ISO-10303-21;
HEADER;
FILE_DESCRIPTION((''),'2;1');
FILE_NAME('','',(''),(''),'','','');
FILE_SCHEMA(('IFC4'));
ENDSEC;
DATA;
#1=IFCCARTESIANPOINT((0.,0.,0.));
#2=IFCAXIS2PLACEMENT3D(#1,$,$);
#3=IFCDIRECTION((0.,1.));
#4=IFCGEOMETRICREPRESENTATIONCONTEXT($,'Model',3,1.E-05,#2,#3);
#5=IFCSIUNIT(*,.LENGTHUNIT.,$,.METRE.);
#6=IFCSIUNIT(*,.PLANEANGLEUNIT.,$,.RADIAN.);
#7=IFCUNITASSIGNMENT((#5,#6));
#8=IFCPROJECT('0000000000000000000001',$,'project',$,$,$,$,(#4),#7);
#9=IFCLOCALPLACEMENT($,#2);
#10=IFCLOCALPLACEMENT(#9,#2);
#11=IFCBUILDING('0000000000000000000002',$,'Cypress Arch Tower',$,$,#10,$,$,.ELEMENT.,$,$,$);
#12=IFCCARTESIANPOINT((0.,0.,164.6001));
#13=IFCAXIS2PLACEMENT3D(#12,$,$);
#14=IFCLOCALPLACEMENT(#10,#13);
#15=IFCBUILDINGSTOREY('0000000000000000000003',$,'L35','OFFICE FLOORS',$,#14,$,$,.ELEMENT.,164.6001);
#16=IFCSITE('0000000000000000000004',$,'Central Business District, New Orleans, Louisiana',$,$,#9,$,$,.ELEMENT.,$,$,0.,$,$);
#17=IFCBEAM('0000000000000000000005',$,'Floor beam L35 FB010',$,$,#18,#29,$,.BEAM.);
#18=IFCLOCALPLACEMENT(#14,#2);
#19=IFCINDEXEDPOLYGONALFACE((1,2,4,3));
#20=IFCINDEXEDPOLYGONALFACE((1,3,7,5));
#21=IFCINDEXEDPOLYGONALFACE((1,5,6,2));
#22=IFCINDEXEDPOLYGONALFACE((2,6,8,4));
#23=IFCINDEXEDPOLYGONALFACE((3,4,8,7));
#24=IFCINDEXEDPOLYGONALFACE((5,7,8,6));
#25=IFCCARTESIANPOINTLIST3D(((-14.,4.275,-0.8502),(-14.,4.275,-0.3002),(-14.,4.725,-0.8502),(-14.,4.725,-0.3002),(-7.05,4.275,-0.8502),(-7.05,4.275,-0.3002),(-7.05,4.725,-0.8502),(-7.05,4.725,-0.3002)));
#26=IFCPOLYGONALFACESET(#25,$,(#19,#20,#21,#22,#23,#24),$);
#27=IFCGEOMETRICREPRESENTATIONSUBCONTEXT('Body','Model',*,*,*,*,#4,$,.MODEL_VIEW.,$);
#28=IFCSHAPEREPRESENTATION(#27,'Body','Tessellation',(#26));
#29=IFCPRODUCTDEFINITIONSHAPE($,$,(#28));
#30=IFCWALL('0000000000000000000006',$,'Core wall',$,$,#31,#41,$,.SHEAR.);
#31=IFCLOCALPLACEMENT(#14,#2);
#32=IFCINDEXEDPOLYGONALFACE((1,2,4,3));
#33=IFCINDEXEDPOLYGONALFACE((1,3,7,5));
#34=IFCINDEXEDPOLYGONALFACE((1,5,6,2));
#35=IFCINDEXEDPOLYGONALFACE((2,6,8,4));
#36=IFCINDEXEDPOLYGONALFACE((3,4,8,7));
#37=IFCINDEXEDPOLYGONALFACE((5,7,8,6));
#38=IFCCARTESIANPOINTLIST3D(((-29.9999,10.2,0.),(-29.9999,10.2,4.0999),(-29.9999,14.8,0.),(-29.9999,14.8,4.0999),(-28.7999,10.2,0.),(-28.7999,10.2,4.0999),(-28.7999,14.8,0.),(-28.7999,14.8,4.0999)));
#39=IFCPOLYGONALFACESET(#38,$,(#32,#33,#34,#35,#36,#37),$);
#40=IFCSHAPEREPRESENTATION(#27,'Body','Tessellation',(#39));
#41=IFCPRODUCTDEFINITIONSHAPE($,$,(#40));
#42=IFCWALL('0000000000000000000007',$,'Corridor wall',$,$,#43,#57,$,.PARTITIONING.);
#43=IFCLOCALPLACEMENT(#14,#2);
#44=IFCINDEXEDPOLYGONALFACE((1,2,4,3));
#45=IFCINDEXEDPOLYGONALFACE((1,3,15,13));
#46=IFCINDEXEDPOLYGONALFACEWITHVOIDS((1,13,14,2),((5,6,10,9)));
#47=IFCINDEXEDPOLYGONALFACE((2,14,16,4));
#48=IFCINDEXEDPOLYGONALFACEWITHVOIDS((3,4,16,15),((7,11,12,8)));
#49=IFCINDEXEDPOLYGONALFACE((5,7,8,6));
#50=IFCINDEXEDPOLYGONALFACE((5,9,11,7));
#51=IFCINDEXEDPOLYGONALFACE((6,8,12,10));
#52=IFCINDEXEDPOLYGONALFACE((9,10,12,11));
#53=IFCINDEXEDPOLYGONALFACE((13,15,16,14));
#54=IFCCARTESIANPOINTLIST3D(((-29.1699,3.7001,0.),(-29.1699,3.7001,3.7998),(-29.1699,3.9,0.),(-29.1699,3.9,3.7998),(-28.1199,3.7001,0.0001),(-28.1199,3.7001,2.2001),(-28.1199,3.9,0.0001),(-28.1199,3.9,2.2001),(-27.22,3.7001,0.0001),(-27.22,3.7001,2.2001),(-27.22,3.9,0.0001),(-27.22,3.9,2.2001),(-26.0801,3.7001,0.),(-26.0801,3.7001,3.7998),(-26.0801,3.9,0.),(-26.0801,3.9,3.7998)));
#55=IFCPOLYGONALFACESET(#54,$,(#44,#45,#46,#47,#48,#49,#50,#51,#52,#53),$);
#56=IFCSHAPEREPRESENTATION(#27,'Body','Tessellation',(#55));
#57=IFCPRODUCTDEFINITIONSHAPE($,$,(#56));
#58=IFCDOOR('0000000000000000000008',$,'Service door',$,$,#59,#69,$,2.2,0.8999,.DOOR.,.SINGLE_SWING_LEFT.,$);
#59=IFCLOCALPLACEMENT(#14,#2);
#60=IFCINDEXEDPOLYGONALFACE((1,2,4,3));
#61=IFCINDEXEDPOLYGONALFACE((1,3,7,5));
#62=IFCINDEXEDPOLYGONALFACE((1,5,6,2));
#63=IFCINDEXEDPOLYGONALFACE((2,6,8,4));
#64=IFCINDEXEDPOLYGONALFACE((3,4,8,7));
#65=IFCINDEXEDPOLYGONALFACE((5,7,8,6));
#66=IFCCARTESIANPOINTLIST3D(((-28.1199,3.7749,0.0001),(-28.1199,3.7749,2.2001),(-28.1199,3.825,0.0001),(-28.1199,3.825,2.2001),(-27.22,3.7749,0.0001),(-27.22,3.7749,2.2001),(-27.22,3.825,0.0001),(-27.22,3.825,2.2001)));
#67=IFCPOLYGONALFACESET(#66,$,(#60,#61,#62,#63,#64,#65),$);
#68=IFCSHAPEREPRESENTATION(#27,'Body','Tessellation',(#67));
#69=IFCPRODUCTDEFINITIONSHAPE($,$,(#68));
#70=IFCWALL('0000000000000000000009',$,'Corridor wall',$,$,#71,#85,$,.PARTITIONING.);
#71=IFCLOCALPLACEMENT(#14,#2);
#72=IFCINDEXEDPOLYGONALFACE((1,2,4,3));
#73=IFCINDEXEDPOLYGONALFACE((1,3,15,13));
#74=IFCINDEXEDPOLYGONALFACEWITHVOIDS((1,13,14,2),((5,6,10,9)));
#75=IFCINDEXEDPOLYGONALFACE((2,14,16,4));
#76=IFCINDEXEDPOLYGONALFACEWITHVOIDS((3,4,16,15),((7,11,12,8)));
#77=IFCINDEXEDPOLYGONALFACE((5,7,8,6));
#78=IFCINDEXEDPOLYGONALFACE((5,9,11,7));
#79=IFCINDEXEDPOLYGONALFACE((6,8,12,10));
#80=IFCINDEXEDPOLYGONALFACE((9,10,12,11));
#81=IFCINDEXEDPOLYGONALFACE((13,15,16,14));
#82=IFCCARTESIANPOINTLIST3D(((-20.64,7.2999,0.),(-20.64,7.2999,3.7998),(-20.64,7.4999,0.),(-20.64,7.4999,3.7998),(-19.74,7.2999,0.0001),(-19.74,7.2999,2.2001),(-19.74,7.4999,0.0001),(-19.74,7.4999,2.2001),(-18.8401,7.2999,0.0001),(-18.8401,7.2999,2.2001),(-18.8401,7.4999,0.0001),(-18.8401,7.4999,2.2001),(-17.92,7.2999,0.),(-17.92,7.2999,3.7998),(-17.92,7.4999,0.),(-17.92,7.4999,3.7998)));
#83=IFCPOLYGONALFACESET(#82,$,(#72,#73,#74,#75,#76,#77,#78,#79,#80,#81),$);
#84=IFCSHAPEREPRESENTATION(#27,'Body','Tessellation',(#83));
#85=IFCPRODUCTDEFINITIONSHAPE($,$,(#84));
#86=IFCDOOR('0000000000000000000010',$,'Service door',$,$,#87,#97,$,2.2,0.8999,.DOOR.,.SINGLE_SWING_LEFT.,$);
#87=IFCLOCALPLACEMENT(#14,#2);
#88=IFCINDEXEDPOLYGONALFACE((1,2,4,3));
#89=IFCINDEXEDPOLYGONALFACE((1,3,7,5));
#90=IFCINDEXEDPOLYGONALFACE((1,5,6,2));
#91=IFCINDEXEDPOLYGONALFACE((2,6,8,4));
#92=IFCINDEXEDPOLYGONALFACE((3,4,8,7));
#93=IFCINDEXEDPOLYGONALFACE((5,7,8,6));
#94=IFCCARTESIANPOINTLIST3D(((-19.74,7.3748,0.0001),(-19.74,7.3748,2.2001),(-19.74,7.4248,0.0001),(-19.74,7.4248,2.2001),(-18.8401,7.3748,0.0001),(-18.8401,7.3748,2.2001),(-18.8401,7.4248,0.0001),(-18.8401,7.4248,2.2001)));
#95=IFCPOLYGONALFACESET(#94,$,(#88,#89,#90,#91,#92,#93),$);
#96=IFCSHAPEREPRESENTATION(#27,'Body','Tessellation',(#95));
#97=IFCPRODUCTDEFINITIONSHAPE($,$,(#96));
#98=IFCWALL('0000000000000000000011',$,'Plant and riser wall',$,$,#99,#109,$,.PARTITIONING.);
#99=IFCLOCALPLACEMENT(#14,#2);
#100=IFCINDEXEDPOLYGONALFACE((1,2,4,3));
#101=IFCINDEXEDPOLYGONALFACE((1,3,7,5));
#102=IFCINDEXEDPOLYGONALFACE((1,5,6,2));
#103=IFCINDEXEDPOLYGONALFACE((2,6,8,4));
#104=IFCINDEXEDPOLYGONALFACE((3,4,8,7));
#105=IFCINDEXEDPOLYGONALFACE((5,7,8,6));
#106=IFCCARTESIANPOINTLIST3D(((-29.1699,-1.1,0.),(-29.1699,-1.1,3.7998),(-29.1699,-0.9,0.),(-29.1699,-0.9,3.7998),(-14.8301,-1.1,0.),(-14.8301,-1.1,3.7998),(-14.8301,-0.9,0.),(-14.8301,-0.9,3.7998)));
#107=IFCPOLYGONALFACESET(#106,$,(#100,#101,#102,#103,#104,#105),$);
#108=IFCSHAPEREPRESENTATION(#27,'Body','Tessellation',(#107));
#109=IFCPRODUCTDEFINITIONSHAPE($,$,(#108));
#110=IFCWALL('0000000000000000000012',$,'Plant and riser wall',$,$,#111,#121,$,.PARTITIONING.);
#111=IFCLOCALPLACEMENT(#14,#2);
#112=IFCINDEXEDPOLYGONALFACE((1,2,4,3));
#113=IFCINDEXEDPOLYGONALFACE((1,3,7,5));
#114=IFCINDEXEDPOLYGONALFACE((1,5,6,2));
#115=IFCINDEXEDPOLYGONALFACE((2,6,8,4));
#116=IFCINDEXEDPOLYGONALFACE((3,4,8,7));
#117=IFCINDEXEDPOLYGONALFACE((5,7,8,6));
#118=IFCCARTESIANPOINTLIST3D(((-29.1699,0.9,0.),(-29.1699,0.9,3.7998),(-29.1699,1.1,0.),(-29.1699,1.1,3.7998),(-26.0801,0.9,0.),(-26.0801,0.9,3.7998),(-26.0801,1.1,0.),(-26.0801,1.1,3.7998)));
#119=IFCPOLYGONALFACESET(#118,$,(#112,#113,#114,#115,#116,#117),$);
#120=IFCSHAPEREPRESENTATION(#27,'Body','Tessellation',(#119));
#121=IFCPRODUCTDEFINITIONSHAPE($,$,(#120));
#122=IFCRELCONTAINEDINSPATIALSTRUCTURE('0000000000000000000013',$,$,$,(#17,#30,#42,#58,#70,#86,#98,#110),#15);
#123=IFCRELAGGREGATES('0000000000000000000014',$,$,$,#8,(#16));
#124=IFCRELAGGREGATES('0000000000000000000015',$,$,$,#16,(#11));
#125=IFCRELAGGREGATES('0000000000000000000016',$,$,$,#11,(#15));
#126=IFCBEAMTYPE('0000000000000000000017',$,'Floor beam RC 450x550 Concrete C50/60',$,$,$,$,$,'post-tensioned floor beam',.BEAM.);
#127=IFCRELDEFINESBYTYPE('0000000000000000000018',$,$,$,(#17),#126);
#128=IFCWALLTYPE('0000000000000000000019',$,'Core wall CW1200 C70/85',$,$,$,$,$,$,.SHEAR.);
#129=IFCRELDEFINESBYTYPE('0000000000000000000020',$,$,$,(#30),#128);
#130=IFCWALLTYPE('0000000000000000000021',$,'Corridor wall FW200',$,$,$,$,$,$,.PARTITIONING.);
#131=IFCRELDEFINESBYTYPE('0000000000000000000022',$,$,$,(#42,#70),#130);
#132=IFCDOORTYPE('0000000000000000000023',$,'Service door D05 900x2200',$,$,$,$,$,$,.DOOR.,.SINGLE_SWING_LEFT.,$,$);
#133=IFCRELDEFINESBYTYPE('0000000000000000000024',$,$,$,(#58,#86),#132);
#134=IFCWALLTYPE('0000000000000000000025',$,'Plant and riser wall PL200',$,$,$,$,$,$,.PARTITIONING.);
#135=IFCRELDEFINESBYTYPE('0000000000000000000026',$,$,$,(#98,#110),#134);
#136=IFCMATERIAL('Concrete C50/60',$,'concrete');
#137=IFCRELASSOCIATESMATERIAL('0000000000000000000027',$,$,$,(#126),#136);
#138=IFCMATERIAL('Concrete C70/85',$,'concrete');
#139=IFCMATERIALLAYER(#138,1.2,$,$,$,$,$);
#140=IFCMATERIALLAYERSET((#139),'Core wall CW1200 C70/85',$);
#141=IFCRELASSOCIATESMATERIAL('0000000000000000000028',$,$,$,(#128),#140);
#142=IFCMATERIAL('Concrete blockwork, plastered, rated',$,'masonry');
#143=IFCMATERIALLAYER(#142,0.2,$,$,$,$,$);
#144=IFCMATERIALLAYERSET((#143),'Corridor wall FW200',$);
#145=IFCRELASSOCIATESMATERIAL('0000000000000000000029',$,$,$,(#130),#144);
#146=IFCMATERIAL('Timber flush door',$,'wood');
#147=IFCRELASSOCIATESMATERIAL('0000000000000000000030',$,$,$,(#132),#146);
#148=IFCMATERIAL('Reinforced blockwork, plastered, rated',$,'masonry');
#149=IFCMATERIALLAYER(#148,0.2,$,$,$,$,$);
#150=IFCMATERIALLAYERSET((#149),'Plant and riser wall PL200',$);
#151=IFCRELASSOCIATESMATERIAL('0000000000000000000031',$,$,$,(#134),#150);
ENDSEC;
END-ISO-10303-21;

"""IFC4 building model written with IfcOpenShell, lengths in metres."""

from ifc_helpers import new_model, si_unit, direction, frame, frame_2d, origin, origin_2d, place, context, subcontext, project, spatial, rectangle, extrude, material, layer, layer_set, material_profile, profile_set, type_object, element, fill, save


model = new_model("IFC4")

# Units and contexts
model_context = context("Model", 3, precision=1e-05, world=origin(), true_north=direction((0.0, 1.0)))
body_context = subcontext(model_context, "Body", "Model", "MODEL_VIEW")
ifc_project = project(units=[si_unit("LENGTHUNIT", "METRE"), si_unit("PLANEANGLEUNIT", "RADIAN")], contexts=[model_context])

# Site, building, storey
site_placement = place(None, origin())
site = spatial("IfcSite", under=ifc_project, at=site_placement, Name="Central Business District, New Orleans, Louisiana", CompositionType="ELEMENT", RefElevation=0.0)
building_placement = place(site_placement, origin())
building = spatial("IfcBuilding", under=site, at=building_placement, Name="Cypress Arch Tower", CompositionType="ELEMENT")
storey_placement = place(building_placement, frame((0.0, 0.0, 164.6001)))
storey = spatial("IfcBuildingStorey", under=building, at=storey_placement, Name="L35", Description="OFFICE FLOORS", CompositionType="ELEMENT", Elevation=164.6001)

# Beam
ifc_material_1 = material(Name="Concrete C50/60", Category="concrete")
ifc_material_profile = material_profile(ifc_material_1, rectangle(XDim=0.45, YDim=0.55, at=origin_2d()), Name="RC 450x550")
ifc_profile_set = profile_set([ifc_material_profile], Name="Concrete C50/60")
beam_type = type_object("IfcBeamType", Name="Floor beam RC 450x550 Concrete C50/60", ElementType="post-tensioned floor beam", PredefinedType="BEAM", material=ifc_profile_set)
beam_placement = place(storey_placement, frame((-14.0, 4.5, -0.5752), z_axis=(1.0, 0.0, 0.0), x_axis=(0.0, 1.0, 0.0)))
element("IfcBeam", 1, at=beam_placement, inside=storey, type_object=beam_type, Name="Floor beam L35 FB010", PredefinedType="BEAM", context=body_context, shape_type="SweptSolid", body=[
    extrude(rectangle(XDim=0.45, YDim=0.55, at=origin_2d()), origin(), (0.0, 0.0, 1.0), 6.95),
])

# Wall
ifc_material_2 = material(Name="Concrete C70/85", Category="concrete")
ifc_layer_1 = layer(ifc_material_2, 1.2)
ifc_layer_set_1 = layer_set([ifc_layer_1], Name="Core wall CW1200 C70/85")
wall_type_1 = type_object("IfcWallType", Name="Core wall CW1200 C70/85", PredefinedType="SHEAR", material=ifc_layer_set_1)
wall_1_placement = place(storey_placement, frame((-29.3999, 10.2, 0.0), z_axis=(0.0, 0.0, 1.0), x_axis=(0.0, 1.0, 0.0)))
element("IfcWall", 2, at=wall_1_placement, inside=storey, type_object=wall_type_1, Name="Core wall", PredefinedType="SHEAR", context=body_context, shape_type="SweptSolid", body=[
    extrude(rectangle(XDim=4.6001, YDim=1.2, at=frame_2d((2.3, 0.0))), origin(), (0.0, 0.0, 1.0), 4.0999),
])

# Walls, openings, doors
ifc_material_3 = material(Name="Concrete blockwork, plastered, rated", Category="masonry")
ifc_layer_2 = layer(ifc_material_3, 0.2)
ifc_layer_set_2 = layer_set([ifc_layer_2], Name="Corridor wall FW200")
wall_type_2 = type_object("IfcWallType", Name="Corridor wall FW200", PredefinedType="PARTITIONING", material=ifc_layer_set_2)
wall_2_placement = place(storey_placement, frame((-29.1699, 3.8, 0.0), z_axis=(0.0, 0.0, 1.0), x_axis=(1.0, 0.0, 0.0)))
wall_2 = element("IfcWall", 3, at=wall_2_placement, inside=storey, type_object=wall_type_2, Name="Corridor wall", PredefinedType="PARTITIONING", context=body_context, shape_type="SweptSolid", body=[
    extrude(rectangle(XDim=3.0898, YDim=0.2, at=frame_2d((1.5449, 0.0))), origin(), (0.0, 0.0, 1.0), 3.7998),
])
opening_1_placement = place(wall_2_placement, frame((1.05, 0.0, 0.0)))
opening_1 = element("IfcOpeningElement", 4, at=opening_1_placement, cuts=wall_2, PredefinedType="OPENING", context=body_context, shape_type="SweptSolid", body=[
    extrude(rectangle(XDim=0.8999, YDim=2.2, at=frame_2d((0.45, 1.1001))), frame((0.0, 0.1099, 0.0), z_axis=(0.0, -1.0, 0.0), x_axis=(1.0, 0.0, 0.0)), (0.0, 0.0, 1.0), 0.22),
])
ifc_material_4 = material(Name="Timber flush door", Category="wood")
door_type_1 = type_object("IfcDoorType", Name="Service door D05 900x2200", OperationType="SINGLE_SWING_LEFT", PredefinedType="DOOR", material=ifc_material_4)
door_1_placement = place(opening_1_placement, origin())
door_1 = element("IfcDoor", 5, at=door_1_placement, inside=storey, type_object=door_type_1, Name="Service door", OperationType="SINGLE_SWING_LEFT", OverallHeight=2.2, OverallWidth=0.8999, PredefinedType="DOOR", context=body_context, shape_type="SweptSolid", body=[
    extrude(rectangle(XDim=0.8999, YDim=2.2, at=frame_2d((0.45, 1.1001))), frame((0.0, 0.0249, 0.0), z_axis=(0.0, -1.0, 0.0), x_axis=(1.0, 0.0, 0.0)), (0.0, 0.0, 1.0), 0.05),
])
fill(opening_1, door_1)
wall_3_placement = place(storey_placement, frame((-20.6399, 7.3999, 0.0), z_axis=(0.0, 0.0, 1.0), x_axis=(1.0, 0.0, 0.0)))
wall_3 = element("IfcWall", 6, at=wall_3_placement, inside=storey, type_object=wall_type_2, Name="Corridor wall", PredefinedType="PARTITIONING", context=body_context, shape_type="SweptSolid", body=[
    extrude(rectangle(XDim=2.72, YDim=0.2, at=frame_2d((1.3599, 0.0))), origin(), (0.0, 0.0, 1.0), 3.7998),
])
opening_2_placement = place(wall_3_placement, frame((0.8999, 0.0, 0.0)))
opening_2 = element("IfcOpeningElement", 7, at=opening_2_placement, cuts=wall_3, PredefinedType="OPENING", context=body_context, shape_type="SweptSolid", body=[
    extrude(rectangle(XDim=0.8999, YDim=2.2, at=frame_2d((0.45, 1.1001))), frame((0.0, 0.1099, 0.0), z_axis=(0.0, -1.0, 0.0), x_axis=(1.0, 0.0, 0.0)), (0.0, 0.0, 1.0), 0.22),
])
door_2_placement = place(opening_2_placement, origin())
door_2 = element("IfcDoor", 8, at=door_2_placement, inside=storey, type_object=door_type_1, Name="Service door", OperationType="SINGLE_SWING_LEFT", OverallHeight=2.2, OverallWidth=0.8999, PredefinedType="DOOR", context=body_context, shape_type="SweptSolid", body=[
    extrude(rectangle(XDim=0.8999, YDim=2.2, at=frame_2d((0.45, 1.1001))), frame((0.0, 0.0249, 0.0), z_axis=(0.0, -1.0, 0.0), x_axis=(1.0, 0.0, 0.0)), (0.0, 0.0, 1.0), 0.05),
])
fill(opening_2, door_2)

# Walls
ifc_material_5 = material(Name="Reinforced blockwork, plastered, rated", Category="masonry")
ifc_layer_3 = layer(ifc_material_5, 0.2)
ifc_layer_set_3 = layer_set([ifc_layer_3], Name="Plant and riser wall PL200")
wall_type_3 = type_object("IfcWallType", Name="Plant and riser wall PL200", PredefinedType="PARTITIONING", material=ifc_layer_set_3)
wall_4_placement = place(storey_placement, frame((-29.1699, -1.0, 0.0), z_axis=(0.0, 0.0, 1.0), x_axis=(1.0, 0.0, 0.0)))
element("IfcWall", 9, at=wall_4_placement, inside=storey, type_object=wall_type_3, Name="Plant and riser wall", PredefinedType="PARTITIONING", context=body_context, shape_type="SweptSolid", body=[
    extrude(rectangle(XDim=14.3398, YDim=0.2, at=frame_2d((7.1699, 0.0))), origin(), (0.0, 0.0, 1.0), 3.7998),
])
wall_5_placement = place(storey_placement, frame((-29.1699, 1.0, 0.0), z_axis=(0.0, 0.0, 1.0), x_axis=(1.0, 0.0, 0.0)))
element("IfcWall", 10, at=wall_5_placement, inside=storey, type_object=wall_type_3, Name="Plant and riser wall", PredefinedType="PARTITIONING", context=body_context, shape_type="SweptSolid", body=[
    extrude(rectangle(XDim=3.0898, YDim=0.2, at=frame_2d((1.5449, 0.0))), origin(), (0.0, 0.0, 1.0), 3.7998),
])

save(model, "model.ifc")
